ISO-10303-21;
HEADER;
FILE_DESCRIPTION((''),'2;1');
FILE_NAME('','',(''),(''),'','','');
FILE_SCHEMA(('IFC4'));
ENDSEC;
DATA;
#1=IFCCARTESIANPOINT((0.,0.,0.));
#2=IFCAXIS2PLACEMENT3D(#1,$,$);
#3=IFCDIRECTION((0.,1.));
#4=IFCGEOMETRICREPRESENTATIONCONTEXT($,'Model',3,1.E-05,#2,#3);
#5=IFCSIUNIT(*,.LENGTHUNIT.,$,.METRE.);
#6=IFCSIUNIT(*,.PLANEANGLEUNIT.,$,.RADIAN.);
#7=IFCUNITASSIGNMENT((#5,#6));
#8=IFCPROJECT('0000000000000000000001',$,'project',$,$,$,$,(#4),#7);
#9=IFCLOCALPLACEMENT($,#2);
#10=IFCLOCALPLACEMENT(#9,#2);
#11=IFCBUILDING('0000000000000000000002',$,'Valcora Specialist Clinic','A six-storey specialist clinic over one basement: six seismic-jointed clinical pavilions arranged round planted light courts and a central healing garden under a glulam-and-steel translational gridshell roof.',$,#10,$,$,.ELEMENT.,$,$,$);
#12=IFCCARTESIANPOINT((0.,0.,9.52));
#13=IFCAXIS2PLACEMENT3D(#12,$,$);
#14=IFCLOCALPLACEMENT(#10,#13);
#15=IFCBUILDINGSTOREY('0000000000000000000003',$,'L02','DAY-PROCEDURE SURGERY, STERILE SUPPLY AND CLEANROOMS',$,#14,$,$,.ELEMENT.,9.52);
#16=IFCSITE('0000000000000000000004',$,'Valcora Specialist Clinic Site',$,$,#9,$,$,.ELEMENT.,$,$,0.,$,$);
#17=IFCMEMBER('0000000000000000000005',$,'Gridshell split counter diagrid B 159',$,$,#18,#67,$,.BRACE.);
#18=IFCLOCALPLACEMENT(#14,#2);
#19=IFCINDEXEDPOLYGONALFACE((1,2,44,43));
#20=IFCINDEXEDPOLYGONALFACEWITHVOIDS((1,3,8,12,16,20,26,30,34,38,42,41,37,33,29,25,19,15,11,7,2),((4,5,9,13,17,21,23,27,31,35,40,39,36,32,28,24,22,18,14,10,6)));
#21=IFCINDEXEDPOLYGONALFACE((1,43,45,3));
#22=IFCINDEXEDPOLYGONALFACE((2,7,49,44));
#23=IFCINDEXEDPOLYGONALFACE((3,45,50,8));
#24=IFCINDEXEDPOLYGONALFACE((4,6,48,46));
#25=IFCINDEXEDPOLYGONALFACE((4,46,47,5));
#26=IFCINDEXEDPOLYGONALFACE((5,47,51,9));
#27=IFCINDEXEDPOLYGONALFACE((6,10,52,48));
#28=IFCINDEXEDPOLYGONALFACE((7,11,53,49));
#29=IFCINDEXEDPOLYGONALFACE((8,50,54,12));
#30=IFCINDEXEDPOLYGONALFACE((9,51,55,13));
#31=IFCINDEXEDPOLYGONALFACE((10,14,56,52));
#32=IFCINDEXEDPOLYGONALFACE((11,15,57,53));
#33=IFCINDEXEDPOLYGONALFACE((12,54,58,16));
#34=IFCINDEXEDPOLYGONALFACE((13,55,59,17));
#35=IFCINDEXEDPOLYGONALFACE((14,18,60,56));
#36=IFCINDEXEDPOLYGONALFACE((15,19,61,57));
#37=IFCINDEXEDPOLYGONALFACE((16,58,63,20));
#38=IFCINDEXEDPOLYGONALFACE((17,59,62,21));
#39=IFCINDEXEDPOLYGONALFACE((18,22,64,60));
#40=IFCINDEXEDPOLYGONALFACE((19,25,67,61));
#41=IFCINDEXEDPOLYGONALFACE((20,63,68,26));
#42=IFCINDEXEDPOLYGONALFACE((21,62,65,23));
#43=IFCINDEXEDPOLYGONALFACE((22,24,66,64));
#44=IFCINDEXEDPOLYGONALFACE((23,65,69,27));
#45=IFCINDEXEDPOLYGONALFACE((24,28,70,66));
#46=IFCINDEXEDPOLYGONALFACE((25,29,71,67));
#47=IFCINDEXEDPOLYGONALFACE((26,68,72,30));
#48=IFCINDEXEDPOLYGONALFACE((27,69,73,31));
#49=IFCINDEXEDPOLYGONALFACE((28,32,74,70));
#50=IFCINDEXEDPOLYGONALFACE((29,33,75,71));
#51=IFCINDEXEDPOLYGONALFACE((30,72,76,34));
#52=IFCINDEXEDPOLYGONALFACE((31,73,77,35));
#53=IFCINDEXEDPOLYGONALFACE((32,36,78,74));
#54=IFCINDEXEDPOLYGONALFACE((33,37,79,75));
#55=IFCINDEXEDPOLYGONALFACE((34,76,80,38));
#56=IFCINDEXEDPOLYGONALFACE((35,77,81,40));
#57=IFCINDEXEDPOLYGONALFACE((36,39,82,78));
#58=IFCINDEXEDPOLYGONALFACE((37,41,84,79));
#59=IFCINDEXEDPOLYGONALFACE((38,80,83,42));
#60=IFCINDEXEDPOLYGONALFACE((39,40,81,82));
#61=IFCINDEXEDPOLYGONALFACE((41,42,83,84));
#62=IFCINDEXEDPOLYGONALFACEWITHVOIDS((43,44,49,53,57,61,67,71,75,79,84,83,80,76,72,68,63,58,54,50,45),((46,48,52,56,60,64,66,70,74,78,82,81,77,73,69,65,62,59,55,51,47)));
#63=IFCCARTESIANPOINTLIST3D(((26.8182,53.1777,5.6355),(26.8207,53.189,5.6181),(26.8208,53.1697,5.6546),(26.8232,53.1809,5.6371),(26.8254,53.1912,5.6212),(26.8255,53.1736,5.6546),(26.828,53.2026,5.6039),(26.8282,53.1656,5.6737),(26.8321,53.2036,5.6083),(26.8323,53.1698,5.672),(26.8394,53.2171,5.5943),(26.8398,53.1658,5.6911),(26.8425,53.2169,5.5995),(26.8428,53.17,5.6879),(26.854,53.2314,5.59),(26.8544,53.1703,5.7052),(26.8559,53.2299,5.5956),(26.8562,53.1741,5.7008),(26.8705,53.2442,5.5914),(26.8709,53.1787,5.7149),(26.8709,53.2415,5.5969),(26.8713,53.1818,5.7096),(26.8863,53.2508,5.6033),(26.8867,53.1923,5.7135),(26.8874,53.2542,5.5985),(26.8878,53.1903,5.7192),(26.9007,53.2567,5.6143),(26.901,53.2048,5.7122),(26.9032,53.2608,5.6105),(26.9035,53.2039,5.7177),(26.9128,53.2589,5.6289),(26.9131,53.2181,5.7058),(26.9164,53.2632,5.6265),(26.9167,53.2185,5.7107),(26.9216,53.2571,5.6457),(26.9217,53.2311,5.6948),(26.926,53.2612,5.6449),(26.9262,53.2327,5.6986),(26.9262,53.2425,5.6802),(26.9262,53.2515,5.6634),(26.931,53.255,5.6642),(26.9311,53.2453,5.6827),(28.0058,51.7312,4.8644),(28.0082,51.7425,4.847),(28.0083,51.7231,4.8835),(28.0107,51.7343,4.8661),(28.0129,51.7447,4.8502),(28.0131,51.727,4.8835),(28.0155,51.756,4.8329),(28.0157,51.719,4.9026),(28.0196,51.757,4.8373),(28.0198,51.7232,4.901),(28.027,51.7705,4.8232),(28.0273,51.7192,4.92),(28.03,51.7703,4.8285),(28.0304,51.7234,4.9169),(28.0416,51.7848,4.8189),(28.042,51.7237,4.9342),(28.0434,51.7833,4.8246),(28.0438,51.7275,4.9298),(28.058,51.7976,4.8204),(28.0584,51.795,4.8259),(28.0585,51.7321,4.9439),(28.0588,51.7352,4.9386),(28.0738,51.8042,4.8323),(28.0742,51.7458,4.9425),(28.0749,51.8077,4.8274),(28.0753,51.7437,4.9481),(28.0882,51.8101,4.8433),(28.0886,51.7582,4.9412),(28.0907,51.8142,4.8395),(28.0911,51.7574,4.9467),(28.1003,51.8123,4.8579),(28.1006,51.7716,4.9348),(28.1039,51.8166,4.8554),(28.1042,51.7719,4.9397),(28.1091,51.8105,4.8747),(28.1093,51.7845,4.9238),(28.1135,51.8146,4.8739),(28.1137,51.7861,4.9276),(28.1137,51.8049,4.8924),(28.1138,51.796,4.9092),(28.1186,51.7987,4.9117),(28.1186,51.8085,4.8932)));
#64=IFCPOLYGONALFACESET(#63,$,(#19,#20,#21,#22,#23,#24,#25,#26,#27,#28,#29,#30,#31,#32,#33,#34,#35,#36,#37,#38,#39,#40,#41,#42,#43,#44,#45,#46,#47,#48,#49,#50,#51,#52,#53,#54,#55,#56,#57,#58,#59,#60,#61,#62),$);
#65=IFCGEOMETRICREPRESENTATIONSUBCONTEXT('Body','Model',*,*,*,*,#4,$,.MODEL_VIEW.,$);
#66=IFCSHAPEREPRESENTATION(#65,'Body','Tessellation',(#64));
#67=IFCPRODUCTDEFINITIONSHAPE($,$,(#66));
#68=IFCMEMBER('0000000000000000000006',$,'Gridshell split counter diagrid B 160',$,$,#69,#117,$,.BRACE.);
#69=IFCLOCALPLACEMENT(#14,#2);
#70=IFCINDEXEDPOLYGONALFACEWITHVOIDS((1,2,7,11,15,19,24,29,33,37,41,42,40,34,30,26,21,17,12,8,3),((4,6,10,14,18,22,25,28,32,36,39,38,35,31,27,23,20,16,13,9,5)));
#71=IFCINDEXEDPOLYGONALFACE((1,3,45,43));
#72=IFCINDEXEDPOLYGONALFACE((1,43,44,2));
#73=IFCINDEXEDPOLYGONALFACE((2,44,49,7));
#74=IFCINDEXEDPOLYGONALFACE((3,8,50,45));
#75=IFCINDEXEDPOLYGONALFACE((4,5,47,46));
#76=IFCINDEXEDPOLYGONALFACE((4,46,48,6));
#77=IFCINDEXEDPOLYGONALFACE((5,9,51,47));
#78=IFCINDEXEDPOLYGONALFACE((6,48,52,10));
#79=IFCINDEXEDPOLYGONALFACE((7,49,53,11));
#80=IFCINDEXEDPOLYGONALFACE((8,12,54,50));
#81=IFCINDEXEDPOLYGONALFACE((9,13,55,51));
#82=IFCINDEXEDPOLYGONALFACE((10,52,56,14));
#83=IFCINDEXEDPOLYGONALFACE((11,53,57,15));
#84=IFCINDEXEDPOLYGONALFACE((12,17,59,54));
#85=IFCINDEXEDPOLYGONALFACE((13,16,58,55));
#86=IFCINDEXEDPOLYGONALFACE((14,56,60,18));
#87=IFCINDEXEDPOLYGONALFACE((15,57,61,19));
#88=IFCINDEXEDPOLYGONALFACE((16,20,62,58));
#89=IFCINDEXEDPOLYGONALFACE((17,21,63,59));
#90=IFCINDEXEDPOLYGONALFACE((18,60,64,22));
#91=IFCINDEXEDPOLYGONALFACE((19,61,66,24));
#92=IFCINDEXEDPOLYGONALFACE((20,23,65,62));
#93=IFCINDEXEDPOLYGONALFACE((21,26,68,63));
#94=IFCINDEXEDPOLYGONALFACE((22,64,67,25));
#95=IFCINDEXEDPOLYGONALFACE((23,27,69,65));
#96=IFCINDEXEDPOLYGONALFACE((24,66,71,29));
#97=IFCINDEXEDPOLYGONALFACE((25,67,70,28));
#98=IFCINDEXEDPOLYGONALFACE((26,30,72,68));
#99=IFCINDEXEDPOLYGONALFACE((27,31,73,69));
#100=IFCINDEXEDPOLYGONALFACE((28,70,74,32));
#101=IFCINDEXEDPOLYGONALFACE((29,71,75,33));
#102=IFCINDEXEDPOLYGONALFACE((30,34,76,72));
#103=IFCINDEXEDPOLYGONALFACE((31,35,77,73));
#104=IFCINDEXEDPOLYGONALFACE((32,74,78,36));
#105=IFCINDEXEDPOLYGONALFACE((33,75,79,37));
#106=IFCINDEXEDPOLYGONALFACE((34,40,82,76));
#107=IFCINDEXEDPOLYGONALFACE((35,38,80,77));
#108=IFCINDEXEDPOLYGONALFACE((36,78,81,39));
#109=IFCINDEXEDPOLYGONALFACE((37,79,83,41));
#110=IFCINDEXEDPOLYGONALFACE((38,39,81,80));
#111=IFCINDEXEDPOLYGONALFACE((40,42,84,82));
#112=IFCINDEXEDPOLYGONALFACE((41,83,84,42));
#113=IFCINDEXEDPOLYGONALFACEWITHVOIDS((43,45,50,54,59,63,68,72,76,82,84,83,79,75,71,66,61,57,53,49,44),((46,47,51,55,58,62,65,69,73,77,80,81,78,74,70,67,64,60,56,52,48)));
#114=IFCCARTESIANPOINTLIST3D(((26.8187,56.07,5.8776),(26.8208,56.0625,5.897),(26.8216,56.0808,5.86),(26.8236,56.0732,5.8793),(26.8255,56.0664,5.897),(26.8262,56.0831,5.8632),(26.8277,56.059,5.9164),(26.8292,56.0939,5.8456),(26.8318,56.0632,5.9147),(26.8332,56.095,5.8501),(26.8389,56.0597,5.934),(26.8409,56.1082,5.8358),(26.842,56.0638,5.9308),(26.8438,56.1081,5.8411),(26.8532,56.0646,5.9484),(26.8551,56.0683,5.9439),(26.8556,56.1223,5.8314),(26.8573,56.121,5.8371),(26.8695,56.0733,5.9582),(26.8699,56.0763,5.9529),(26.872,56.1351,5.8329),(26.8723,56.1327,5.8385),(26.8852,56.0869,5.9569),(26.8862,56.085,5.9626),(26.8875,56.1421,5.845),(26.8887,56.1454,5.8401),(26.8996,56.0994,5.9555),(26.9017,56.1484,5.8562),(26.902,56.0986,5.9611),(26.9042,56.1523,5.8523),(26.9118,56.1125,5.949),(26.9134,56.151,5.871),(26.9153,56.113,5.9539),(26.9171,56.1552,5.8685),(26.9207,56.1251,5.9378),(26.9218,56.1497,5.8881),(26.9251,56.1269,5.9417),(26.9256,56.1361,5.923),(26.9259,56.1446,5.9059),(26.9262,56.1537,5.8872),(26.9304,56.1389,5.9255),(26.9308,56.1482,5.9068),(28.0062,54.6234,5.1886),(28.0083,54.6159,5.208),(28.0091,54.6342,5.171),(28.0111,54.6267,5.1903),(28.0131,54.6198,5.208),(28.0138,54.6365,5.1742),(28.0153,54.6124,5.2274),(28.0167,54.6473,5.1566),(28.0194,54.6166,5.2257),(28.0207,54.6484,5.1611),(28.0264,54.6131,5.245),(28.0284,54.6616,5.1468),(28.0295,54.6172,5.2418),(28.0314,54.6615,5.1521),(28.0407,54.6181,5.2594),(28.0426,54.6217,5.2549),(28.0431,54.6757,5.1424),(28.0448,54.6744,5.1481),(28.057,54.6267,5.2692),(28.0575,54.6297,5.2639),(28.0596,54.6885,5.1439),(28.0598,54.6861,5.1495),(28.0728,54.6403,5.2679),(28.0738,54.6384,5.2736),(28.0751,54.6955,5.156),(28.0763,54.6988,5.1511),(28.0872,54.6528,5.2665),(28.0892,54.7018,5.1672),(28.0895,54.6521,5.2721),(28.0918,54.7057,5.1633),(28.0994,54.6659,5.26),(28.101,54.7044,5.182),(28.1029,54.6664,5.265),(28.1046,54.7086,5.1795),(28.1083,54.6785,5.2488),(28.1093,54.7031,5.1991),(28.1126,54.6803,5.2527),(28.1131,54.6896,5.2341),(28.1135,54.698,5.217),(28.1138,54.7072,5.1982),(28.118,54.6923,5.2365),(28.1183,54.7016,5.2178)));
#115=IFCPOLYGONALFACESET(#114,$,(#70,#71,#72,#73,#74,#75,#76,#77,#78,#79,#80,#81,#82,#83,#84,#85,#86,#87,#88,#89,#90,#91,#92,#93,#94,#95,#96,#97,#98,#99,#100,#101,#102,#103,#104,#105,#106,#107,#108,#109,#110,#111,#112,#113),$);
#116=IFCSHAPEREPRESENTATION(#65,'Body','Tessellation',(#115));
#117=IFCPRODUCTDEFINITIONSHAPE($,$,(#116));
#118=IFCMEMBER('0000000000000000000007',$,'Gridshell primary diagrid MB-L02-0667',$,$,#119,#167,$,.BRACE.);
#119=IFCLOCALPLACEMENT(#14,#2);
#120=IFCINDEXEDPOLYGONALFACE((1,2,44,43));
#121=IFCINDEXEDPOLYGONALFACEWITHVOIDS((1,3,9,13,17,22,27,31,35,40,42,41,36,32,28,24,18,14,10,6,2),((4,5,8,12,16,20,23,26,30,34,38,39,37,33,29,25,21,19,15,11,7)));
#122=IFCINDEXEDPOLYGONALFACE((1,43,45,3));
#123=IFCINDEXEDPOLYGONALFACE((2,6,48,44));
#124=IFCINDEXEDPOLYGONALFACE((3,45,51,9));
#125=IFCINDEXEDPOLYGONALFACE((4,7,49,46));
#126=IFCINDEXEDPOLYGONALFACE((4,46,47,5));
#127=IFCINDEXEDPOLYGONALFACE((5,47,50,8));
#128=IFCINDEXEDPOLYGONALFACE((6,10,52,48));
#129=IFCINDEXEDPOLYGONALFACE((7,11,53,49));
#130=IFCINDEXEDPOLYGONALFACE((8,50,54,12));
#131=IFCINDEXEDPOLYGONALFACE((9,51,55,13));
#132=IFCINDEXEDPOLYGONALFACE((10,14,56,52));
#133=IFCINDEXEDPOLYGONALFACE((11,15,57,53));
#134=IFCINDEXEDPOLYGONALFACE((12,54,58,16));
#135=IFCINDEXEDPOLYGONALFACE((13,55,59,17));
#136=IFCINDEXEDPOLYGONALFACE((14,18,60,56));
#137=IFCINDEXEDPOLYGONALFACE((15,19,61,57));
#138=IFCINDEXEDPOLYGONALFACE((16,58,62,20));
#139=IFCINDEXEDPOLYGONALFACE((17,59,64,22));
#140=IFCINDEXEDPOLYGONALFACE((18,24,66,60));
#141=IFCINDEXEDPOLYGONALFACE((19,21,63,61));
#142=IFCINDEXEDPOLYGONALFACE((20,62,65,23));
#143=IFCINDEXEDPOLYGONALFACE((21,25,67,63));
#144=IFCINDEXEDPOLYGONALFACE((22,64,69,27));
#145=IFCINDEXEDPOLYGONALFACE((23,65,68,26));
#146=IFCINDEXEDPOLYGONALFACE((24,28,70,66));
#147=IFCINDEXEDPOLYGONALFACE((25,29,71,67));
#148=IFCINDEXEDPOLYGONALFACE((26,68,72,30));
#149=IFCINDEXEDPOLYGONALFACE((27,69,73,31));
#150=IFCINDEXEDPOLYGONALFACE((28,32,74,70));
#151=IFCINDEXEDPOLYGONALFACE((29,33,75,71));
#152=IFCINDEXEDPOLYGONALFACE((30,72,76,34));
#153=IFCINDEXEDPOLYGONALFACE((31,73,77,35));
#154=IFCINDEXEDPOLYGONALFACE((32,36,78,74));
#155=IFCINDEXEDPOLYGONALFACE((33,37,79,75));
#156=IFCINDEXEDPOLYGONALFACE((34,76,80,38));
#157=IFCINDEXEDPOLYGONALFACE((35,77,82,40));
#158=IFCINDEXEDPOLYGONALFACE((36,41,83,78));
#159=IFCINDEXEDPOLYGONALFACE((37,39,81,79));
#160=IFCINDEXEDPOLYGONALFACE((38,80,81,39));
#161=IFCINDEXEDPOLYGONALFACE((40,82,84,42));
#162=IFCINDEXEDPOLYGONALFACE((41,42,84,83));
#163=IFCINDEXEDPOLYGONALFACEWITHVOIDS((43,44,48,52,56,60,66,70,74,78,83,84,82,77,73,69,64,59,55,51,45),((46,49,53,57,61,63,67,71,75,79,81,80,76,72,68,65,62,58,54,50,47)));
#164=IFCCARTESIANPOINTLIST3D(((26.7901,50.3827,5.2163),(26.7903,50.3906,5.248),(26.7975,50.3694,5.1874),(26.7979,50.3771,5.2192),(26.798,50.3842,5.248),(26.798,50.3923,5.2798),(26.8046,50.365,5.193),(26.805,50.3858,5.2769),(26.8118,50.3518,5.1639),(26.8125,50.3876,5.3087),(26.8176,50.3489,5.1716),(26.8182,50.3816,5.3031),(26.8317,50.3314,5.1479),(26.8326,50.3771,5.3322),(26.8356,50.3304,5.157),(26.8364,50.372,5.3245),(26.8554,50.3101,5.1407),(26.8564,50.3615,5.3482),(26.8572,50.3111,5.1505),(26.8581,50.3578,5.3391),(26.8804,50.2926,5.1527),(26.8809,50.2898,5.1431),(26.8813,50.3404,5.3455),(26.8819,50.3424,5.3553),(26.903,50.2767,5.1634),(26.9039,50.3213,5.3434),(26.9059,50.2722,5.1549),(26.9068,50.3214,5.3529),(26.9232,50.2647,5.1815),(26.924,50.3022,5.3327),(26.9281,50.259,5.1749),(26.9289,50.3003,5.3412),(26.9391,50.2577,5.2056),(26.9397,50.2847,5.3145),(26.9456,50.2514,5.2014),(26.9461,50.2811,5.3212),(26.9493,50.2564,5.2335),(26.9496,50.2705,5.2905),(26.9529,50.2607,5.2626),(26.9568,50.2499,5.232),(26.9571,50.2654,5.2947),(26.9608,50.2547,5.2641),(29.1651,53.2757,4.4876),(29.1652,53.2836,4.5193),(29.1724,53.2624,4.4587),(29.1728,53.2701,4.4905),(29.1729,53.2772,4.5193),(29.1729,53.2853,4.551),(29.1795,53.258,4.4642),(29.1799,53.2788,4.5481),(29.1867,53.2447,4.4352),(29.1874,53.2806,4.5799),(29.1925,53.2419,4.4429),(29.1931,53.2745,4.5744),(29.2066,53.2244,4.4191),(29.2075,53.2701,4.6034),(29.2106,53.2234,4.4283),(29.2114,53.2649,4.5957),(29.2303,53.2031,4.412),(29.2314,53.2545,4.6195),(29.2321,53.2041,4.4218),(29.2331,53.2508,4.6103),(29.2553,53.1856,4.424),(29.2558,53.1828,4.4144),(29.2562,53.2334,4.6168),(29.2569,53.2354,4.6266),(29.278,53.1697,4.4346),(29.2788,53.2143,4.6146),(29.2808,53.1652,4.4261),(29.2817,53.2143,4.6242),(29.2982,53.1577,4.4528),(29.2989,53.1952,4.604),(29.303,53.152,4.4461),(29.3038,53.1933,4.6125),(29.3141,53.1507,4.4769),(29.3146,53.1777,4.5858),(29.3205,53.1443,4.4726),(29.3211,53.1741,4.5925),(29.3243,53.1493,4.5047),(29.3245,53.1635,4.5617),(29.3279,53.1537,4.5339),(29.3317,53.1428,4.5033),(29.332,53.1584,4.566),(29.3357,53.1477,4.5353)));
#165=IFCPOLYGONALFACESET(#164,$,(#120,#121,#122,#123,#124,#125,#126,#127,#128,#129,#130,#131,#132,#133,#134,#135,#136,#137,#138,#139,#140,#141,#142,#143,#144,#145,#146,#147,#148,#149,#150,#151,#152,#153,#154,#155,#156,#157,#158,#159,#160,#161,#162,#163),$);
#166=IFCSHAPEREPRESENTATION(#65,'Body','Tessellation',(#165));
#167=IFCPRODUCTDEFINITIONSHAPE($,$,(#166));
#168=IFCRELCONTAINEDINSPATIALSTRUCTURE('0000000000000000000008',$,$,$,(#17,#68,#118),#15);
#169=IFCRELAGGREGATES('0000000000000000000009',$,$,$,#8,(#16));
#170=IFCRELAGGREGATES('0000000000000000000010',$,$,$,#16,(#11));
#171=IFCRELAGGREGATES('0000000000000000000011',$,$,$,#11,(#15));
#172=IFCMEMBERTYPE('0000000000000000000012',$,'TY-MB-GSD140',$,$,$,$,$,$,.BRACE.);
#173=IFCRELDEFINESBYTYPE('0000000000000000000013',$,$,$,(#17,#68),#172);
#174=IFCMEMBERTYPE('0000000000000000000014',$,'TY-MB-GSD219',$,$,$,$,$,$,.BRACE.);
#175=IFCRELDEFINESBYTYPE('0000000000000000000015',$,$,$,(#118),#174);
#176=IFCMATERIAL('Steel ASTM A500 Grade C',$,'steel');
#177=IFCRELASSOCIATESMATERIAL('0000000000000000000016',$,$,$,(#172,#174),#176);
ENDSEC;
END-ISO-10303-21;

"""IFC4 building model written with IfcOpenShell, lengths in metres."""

from ifc_helpers import new_model, si_unit, direction, frame, origin, origin_2d, place, context, subcontext, project, spatial, hollow_circle, extrude, material, material_profile, profile_set, type_object, element, save


model = new_model("IFC4")

# Units and contexts
model_context = context("Model", 3, precision=1e-05, world=origin(), true_north=direction((0.0, 1.0)))
body_context = subcontext(model_context, "Body", "Model", "MODEL_VIEW")
ifc_project = project(units=[si_unit("LENGTHUNIT", "METRE"), si_unit("PLANEANGLEUNIT", "RADIAN")], contexts=[model_context])

# Site, building, storey
site_placement = place(None, origin())
site = spatial("IfcSite", under=ifc_project, at=site_placement, Name="Valcora Specialist Clinic Site", CompositionType="ELEMENT", RefElevation=0.0)
building_placement = place(site_placement, origin())
building = spatial("IfcBuilding", under=site, at=building_placement, Name="Valcora Specialist Clinic", Description="A six-storey specialist clinic over one basement: six seismic-jointed clinical pavilions arranged round planted light courts and a central healing garden under a glulam-and-steel translational gridshell roof.", CompositionType="ELEMENT")
storey_placement = place(building_placement, frame((0.0, 0.0, 9.52)))
storey = spatial("IfcBuildingStorey", under=building, at=storey_placement, Name="L02", Description="DAY-PROCEDURE SURGERY, STERILE SUPPLY AND CLEANROOMS", CompositionType="ELEMENT", Elevation=9.52)

# Members
ifc_material_1 = material(Name="Steel ASTM A500 Grade C", Category="steel")
ifc_material_profile_1 = material_profile(ifc_material_1, hollow_circle(Radius=0.0701, WallThickness=0.0061, at=origin_2d()), Name="ST-CHS-140X6")
ifc_profile_set_1 = profile_set([ifc_material_profile_1], Name="Steel ASTM A500 Grade C")
member_type_1 = type_object("IfcMemberType", Name="TY-MB-GSD140", PredefinedType="BRACE", material=ifc_profile_set_1)
member_1_placement = place(storey_placement, frame((28.0625, 51.7676, 4.8835), z_axis=(-0.586676, 0.714649, 0.380905), x_axis=(-0.772916, -0.634508, 0.0)))
element("IfcMember", 1, at=member_1_placement, inside=storey, type_object=member_type_1, Name="Gridshell split counter diagrid B 159", PredefinedType="BRACE", context=body_context, shape_type="SweptSolid", body=[
    extrude(hollow_circle(Radius=0.0701, WallThickness=0.0061, at=origin_2d()), origin(), (0.0, 0.0, 1.0), 2.0242),
])
member_2_placement = place(storey_placement, frame((28.0625, 54.6604, 5.208), z_axis=(-0.595443, 0.725329, 0.345465), x_axis=(-0.772916, -0.634508, 0.0)))
element("IfcMember", 2, at=member_2_placement, inside=storey, type_object=member_type_1, Name="Gridshell split counter diagrid B 160", PredefinedType="BRACE", context=body_context, shape_type="SweptSolid", body=[
    extrude(hollow_circle(Radius=0.0701, WallThickness=0.0061, at=origin_2d()), origin(), (0.0, 0.0, 1.0), 1.9944),
])
ifc_material_profile_2 = material_profile(ifc_material_1, hollow_circle(Radius=0.1096, WallThickness=0.01, at=origin_2d()), Name="ST-CHS-219X10")
ifc_profile_set_2 = profile_set([ifc_material_profile_2], Name="Steel ASTM A500 Grade C")
member_type_2 = type_object("IfcMemberType", Name="TY-MB-GSD219", PredefinedType="BRACE", material=ifc_profile_set_2)
member_3_placement = place(storey_placement, frame((26.875, 50.321, 5.248), z_axis=(0.622814, 0.75867, -0.191108), x_axis=(-0.772916, 0.634508, 0.0)))
element("IfcMember", 3, at=member_3_placement, inside=storey, type_object=member_type_2, Name="Gridshell primary diagrid MB-L02-0667", PredefinedType="BRACE", context=body_context, shape_type="SweptSolid", body=[
    extrude(hollow_circle(Radius=0.1096, WallThickness=0.01, at=origin_2d()), origin(), (0.0, 0.0, 1.0), 3.8132),
])

save(model, "model.ifc")
